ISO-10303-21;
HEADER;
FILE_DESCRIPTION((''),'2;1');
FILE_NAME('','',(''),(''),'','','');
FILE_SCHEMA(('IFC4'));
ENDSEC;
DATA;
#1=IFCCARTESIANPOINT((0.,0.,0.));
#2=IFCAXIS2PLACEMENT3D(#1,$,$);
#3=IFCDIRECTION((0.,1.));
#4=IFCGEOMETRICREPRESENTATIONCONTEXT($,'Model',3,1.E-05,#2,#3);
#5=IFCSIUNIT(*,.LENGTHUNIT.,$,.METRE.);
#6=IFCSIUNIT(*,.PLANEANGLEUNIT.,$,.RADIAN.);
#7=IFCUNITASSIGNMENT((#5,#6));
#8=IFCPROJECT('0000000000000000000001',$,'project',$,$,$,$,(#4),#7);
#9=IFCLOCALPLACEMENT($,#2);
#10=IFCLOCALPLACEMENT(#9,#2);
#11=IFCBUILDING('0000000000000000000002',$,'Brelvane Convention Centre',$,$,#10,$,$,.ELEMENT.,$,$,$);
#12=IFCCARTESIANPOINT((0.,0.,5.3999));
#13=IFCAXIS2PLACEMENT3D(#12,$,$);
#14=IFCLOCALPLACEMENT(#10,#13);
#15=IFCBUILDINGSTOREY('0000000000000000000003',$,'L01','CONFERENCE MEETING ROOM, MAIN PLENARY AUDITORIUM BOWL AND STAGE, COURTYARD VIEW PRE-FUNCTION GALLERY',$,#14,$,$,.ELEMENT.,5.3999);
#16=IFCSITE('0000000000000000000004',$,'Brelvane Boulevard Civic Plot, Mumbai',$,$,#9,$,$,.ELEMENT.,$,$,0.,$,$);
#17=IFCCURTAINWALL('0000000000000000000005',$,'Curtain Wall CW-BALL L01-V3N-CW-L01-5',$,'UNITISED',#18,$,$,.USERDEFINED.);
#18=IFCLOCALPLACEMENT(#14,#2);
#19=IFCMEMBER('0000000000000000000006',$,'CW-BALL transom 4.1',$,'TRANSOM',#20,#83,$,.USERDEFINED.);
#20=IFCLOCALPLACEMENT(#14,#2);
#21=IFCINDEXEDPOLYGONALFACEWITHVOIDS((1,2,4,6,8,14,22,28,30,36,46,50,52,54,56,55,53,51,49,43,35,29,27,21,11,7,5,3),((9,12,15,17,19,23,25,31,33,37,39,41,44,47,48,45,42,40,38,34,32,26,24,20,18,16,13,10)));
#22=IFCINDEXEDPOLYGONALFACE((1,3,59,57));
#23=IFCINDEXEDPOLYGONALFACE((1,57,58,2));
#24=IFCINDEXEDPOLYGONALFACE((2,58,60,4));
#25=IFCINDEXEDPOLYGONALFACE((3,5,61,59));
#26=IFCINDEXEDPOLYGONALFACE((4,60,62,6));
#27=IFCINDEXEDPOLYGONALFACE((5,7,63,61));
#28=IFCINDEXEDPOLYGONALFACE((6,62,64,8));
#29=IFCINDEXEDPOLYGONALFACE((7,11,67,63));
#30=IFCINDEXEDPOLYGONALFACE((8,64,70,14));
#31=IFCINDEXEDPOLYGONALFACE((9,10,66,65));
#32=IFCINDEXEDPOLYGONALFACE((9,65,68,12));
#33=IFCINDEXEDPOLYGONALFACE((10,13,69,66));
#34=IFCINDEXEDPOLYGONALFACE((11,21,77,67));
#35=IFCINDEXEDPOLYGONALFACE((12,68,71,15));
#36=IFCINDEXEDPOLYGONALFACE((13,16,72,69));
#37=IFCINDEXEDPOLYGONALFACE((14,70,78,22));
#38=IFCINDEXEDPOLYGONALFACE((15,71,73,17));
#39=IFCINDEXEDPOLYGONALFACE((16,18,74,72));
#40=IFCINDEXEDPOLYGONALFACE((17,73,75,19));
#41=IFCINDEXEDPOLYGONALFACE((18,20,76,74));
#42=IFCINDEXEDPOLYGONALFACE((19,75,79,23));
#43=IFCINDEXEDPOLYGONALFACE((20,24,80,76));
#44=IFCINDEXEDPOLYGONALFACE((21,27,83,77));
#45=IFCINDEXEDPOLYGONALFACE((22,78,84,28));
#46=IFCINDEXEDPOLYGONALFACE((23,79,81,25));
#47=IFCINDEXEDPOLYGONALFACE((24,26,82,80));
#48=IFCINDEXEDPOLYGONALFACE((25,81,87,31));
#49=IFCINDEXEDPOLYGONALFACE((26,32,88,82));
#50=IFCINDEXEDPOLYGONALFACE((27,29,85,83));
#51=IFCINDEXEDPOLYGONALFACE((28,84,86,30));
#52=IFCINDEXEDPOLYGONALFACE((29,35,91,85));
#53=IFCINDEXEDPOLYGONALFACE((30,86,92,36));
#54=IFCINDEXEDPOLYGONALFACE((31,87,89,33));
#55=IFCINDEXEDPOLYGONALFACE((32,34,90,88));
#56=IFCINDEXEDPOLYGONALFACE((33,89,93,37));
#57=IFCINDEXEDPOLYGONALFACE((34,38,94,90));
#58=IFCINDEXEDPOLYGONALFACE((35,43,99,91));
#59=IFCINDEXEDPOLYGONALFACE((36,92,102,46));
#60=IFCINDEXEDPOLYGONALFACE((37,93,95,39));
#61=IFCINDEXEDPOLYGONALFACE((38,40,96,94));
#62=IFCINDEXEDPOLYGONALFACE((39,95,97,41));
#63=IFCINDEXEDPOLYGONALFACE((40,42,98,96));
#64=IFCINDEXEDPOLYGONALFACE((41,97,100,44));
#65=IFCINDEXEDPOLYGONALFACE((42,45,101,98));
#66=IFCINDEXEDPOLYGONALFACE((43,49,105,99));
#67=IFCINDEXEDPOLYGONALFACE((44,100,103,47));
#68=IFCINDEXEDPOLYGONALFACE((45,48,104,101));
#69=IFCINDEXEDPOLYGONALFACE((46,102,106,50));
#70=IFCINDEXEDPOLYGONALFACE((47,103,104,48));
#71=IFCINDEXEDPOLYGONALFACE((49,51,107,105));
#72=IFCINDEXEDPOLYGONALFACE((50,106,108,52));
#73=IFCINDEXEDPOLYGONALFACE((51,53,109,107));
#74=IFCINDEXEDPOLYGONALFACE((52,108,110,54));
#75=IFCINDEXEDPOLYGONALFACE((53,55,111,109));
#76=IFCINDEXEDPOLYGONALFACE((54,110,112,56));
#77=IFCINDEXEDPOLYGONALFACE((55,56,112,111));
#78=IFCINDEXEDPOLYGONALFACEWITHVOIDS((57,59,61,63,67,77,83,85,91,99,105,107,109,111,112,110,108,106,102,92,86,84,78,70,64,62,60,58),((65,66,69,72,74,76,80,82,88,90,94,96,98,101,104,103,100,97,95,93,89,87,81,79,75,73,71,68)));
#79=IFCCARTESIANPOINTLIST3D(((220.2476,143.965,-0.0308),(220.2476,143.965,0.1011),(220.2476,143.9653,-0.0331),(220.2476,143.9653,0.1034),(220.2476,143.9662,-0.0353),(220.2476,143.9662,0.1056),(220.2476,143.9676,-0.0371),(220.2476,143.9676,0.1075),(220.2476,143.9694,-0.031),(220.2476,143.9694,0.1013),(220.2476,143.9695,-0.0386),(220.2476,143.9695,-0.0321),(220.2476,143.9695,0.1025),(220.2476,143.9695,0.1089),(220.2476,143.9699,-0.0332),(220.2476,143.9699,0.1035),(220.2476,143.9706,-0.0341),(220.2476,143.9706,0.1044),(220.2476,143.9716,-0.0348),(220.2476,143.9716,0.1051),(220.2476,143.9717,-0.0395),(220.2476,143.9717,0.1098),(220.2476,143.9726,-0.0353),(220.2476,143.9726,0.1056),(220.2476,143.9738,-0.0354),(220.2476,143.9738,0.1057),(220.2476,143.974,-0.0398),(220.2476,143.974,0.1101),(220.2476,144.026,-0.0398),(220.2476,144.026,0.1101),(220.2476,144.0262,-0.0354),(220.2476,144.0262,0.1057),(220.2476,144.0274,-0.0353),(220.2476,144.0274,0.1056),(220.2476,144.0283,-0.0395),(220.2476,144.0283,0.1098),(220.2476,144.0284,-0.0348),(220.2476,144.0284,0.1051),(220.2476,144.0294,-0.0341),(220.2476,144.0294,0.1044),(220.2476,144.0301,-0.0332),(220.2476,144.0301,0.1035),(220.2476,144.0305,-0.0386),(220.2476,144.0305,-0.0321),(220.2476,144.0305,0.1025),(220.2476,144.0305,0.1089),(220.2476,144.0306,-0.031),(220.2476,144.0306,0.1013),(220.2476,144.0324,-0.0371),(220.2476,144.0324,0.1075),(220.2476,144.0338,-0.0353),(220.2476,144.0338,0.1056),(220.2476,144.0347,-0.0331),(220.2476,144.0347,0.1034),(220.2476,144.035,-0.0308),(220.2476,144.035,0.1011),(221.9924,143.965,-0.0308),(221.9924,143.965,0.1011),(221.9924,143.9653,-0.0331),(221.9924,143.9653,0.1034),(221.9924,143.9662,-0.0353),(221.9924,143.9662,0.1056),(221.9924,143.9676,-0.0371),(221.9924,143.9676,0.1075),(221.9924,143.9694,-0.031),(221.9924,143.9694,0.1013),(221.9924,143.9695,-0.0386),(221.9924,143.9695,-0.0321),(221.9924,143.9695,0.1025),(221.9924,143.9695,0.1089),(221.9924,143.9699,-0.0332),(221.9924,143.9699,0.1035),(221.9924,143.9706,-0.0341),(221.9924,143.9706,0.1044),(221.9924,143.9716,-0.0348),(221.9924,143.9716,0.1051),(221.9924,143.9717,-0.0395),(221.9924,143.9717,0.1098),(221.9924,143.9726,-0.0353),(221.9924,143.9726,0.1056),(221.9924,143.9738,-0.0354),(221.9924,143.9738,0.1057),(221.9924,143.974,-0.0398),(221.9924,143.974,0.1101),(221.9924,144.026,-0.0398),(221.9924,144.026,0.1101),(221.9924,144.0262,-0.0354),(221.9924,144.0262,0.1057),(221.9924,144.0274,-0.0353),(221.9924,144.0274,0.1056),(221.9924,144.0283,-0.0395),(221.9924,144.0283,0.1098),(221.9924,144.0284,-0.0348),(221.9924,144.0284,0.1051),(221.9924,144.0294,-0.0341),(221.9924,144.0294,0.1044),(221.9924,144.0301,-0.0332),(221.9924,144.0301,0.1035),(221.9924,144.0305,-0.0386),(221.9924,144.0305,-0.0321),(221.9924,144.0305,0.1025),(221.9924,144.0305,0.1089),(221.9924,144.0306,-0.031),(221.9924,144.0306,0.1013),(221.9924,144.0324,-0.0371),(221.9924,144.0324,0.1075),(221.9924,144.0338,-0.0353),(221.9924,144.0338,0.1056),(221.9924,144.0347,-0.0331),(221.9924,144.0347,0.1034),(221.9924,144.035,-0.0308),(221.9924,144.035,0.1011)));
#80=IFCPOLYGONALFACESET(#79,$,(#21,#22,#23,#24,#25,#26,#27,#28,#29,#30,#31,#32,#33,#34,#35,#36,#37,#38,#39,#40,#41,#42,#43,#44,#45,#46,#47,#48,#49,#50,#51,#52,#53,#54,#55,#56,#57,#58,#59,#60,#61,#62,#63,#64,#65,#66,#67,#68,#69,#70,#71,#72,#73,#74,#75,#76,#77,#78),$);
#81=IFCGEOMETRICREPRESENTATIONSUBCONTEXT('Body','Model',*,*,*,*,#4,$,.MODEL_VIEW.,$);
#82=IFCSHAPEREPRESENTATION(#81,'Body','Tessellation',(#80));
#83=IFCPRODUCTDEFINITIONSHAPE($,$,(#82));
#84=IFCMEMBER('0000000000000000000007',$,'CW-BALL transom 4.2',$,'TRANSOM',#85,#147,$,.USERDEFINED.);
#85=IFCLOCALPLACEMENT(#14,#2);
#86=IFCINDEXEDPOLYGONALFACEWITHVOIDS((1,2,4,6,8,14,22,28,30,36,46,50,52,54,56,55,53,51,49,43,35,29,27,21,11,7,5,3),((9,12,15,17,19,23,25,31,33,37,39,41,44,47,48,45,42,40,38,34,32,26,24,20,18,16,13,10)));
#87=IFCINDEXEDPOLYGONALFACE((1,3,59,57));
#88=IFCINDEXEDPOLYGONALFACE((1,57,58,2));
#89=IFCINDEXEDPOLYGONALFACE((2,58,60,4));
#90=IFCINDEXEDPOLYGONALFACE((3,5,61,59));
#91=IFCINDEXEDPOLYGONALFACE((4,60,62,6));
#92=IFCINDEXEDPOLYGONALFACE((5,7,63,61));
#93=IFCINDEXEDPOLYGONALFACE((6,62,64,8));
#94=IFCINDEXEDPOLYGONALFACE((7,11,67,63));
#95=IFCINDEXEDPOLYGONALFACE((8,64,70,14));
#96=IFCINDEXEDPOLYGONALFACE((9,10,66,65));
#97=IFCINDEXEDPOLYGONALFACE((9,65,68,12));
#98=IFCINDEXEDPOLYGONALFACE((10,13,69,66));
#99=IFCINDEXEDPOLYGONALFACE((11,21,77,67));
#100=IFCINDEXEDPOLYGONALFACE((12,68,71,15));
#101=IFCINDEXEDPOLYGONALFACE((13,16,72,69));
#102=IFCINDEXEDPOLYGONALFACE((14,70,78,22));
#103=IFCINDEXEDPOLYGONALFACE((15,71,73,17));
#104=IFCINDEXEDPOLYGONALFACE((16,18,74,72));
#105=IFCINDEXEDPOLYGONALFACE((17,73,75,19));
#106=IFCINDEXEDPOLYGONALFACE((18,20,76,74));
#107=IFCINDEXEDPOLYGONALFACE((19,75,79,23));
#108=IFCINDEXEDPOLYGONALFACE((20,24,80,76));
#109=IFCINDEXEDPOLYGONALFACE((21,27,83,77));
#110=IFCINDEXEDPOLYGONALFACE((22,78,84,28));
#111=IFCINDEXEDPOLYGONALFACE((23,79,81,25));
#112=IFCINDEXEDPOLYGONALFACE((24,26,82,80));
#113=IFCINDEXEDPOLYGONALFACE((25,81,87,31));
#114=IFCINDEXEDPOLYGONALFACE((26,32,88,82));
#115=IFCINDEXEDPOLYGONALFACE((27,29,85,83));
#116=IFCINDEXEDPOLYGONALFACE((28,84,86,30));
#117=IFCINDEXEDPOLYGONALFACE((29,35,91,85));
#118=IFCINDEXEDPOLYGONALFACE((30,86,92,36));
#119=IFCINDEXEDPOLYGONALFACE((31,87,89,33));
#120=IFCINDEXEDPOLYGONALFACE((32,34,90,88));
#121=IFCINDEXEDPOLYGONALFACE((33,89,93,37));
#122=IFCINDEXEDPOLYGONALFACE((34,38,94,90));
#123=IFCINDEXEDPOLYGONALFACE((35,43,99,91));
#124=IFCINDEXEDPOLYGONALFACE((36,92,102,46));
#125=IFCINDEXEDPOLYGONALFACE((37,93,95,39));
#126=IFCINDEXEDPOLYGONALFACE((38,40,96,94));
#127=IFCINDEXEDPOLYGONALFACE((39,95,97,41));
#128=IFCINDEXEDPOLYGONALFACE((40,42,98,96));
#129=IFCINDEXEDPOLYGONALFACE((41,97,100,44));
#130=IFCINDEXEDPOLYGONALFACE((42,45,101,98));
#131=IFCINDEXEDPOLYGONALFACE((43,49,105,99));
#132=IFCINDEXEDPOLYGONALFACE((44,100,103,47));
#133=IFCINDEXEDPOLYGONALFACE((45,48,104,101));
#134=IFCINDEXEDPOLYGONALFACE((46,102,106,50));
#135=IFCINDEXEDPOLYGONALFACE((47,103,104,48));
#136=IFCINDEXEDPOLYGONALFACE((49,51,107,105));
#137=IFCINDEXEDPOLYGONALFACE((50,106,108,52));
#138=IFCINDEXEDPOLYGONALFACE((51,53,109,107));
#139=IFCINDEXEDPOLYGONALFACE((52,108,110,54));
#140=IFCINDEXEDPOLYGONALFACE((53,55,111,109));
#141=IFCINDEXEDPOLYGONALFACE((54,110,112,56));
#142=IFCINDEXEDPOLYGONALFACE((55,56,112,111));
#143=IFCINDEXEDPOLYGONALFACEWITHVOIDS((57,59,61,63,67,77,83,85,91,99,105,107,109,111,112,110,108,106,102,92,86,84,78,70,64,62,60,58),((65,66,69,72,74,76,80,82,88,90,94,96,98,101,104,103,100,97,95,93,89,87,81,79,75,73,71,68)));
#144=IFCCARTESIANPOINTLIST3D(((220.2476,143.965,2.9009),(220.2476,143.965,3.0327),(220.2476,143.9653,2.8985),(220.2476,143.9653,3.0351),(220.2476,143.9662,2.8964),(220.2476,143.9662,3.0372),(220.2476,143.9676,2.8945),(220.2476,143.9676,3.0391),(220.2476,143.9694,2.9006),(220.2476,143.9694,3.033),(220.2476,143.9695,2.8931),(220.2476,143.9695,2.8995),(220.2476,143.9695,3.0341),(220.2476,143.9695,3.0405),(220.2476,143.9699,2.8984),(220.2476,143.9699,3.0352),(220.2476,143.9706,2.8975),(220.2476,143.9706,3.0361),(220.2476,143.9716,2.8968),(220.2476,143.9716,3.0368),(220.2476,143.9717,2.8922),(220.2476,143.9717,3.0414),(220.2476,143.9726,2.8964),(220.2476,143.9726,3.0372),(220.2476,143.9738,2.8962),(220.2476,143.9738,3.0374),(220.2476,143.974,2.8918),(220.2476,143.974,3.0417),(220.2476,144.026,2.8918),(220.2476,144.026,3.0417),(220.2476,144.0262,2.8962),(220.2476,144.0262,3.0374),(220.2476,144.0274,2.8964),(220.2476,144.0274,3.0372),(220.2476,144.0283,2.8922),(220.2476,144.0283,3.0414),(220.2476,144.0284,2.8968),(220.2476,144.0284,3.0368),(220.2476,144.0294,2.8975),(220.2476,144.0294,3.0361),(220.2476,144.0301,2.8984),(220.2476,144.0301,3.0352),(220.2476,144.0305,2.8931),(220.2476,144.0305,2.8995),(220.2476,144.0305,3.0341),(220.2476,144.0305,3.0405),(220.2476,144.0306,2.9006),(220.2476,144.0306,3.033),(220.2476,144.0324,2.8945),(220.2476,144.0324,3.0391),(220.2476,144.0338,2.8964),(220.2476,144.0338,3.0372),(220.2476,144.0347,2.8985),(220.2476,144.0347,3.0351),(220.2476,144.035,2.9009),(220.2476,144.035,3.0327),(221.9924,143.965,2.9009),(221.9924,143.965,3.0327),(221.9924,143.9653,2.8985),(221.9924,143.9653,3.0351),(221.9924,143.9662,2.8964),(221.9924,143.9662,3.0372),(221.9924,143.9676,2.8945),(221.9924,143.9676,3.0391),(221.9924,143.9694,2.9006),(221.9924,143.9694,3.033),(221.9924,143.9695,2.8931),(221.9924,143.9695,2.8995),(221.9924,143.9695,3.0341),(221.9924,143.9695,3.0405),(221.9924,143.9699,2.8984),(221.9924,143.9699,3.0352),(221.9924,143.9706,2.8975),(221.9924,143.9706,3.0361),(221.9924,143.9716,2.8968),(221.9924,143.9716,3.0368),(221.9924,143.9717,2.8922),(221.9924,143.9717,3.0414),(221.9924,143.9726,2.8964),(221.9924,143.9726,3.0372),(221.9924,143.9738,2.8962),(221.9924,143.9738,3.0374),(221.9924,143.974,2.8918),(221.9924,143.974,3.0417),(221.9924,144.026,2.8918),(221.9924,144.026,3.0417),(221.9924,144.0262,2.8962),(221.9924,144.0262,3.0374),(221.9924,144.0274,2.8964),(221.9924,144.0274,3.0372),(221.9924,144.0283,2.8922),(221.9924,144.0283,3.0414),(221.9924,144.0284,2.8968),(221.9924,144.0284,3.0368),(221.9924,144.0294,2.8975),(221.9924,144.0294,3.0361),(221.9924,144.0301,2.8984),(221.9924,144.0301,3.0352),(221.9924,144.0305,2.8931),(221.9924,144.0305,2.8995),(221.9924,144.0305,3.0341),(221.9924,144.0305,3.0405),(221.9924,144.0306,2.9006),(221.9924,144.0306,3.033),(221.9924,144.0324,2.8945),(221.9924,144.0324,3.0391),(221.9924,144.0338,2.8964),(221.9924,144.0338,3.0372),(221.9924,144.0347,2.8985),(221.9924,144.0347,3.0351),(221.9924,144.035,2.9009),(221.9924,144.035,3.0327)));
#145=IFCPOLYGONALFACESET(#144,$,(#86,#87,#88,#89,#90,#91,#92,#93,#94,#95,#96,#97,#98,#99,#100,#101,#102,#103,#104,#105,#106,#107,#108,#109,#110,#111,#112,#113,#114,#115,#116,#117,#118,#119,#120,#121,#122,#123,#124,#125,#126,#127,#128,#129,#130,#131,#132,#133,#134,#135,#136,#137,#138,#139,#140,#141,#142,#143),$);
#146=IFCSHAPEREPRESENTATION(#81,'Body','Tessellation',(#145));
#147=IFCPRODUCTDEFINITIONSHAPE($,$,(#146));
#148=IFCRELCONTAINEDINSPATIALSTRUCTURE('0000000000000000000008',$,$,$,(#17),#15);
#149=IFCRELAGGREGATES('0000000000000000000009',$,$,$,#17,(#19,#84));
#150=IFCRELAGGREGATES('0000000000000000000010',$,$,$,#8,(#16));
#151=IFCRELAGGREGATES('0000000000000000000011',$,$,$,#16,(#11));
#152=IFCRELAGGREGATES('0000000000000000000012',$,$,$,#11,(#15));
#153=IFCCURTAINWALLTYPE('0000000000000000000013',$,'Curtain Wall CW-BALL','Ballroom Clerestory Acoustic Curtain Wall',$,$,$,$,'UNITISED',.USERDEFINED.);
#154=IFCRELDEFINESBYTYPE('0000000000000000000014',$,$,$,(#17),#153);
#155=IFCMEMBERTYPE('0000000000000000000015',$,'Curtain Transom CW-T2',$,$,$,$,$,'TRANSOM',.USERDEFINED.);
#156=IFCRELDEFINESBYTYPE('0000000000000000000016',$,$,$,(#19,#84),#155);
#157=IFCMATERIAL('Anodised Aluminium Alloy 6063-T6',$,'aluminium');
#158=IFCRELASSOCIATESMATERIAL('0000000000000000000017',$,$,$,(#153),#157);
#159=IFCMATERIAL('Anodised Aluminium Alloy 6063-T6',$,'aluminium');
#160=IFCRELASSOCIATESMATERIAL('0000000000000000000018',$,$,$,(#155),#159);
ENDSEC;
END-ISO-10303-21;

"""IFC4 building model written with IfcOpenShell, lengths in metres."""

from ifc_helpers import new_model, si_unit, direction, frame, origin, origin_2d, place, context, subcontext, project, spatial, hollow_rectangle, extrude, material, material_profile, profile_set, type_object, element, aggregate, save


model = new_model("IFC4")

# Units and contexts
model_context = context("Model", 3, precision=1e-05, world=origin(), true_north=direction((0.0, 1.0)))
body_context = subcontext(model_context, "Body", "Model", "MODEL_VIEW")
ifc_project = project(units=[si_unit("LENGTHUNIT", "METRE"), si_unit("PLANEANGLEUNIT", "RADIAN")], contexts=[model_context])

# Site, building, storey
site_placement = place(None, origin())
site = spatial("IfcSite", under=ifc_project, at=site_placement, Name="Brelvane Boulevard Civic Plot, Mumbai", CompositionType="ELEMENT", RefElevation=0.0)
building_placement = place(site_placement, origin())
building = spatial("IfcBuilding", under=site, at=building_placement, Name="Brelvane Convention Centre", CompositionType="ELEMENT")
storey_placement = place(building_placement, frame((0.0, 0.0, 5.3999)))
storey = spatial("IfcBuildingStorey", under=building, at=storey_placement, Name="L01", Description="CONFERENCE MEETING ROOM, MAIN PLENARY AUDITORIUM BOWL AND STAGE, COURTYARD VIEW PRE-FUNCTION GALLERY", CompositionType="ELEMENT", Elevation=5.3999)

# Curtain wall, members
ifc_material_1 = material(Name="Anodised Aluminium Alloy 6063-T6", Category="aluminium")
curtain_wall_type = type_object("IfcCurtainWallType", Name="Curtain Wall CW-BALL", Description="Ballroom Clerestory Acoustic Curtain Wall", ElementType="UNITISED", PredefinedType="USERDEFINED", material=ifc_material_1)
curtain_wall_placement = place(storey_placement, origin())
curtain_wall = element("IfcCurtainWall", 1, at=curtain_wall_placement, inside=storey, type_object=curtain_wall_type, Name="Curtain Wall CW-BALL L01-V3N-CW-L01-5", ObjectType="UNITISED", PredefinedType="USERDEFINED")
ifc_material_2 = material(Name="Anodised Aluminium Alloy 6063-T6", Category="aluminium")
ifc_material_profile_1 = material_profile(ifc_material_2, hollow_rectangle(XDim=0.0701, YDim=0.1499, WallThickness=0.0044, InnerFilletRadius=0.0044, OuterFilletRadius=0.009, at=origin_2d()), Name="ALU-T 150x70x4.5")
ifc_profile_set_1 = profile_set([ifc_material_profile_1], Name="Anodised Aluminium Alloy 6063-T6")
member_type_1 = type_object("IfcMemberType", Name="Curtain Transom CW-T2", ElementType="TRANSOM", PredefinedType="USERDEFINED", material=ifc_profile_set_1)
member_1_placement = place(storey_placement, frame((220.2476, 144.0, 0.0352), z_axis=(1.0, 0.0, 0.0), x_axis=(0.0, 1.0, 0.0)))
member_1 = element("IfcMember", 2, at=member_1_placement, type_object=member_type_1, Name="CW-BALL transom 4.1", ObjectType="TRANSOM", PredefinedType="USERDEFINED", context=body_context, shape_type="SweptSolid", body=[
    extrude(hollow_rectangle(XDim=0.0701, YDim=0.1499, WallThickness=0.0044, InnerFilletRadius=0.0044, OuterFilletRadius=0.009, at=origin_2d()), origin(), (0.0, 0.0, 1.0), 1.7449),
])
member_2_placement = place(storey_placement, frame((220.2476, 144.0, 2.9668), z_axis=(1.0, 0.0, 0.0), x_axis=(0.0, 1.0, 0.0)))
member_2 = element("IfcMember", 3, at=member_2_placement, type_object=member_type_1, Name="CW-BALL transom 4.2", ObjectType="TRANSOM", PredefinedType="USERDEFINED", context=body_context, shape_type="SweptSolid", body=[
    extrude(hollow_rectangle(XDim=0.0701, YDim=0.1499, WallThickness=0.0044, InnerFilletRadius=0.0044, OuterFilletRadius=0.009, at=origin_2d()), origin(), (0.0, 0.0, 1.0), 1.7449),
])
aggregate(curtain_wall, [member_1, member_2])

save(model, "model.ifc")
